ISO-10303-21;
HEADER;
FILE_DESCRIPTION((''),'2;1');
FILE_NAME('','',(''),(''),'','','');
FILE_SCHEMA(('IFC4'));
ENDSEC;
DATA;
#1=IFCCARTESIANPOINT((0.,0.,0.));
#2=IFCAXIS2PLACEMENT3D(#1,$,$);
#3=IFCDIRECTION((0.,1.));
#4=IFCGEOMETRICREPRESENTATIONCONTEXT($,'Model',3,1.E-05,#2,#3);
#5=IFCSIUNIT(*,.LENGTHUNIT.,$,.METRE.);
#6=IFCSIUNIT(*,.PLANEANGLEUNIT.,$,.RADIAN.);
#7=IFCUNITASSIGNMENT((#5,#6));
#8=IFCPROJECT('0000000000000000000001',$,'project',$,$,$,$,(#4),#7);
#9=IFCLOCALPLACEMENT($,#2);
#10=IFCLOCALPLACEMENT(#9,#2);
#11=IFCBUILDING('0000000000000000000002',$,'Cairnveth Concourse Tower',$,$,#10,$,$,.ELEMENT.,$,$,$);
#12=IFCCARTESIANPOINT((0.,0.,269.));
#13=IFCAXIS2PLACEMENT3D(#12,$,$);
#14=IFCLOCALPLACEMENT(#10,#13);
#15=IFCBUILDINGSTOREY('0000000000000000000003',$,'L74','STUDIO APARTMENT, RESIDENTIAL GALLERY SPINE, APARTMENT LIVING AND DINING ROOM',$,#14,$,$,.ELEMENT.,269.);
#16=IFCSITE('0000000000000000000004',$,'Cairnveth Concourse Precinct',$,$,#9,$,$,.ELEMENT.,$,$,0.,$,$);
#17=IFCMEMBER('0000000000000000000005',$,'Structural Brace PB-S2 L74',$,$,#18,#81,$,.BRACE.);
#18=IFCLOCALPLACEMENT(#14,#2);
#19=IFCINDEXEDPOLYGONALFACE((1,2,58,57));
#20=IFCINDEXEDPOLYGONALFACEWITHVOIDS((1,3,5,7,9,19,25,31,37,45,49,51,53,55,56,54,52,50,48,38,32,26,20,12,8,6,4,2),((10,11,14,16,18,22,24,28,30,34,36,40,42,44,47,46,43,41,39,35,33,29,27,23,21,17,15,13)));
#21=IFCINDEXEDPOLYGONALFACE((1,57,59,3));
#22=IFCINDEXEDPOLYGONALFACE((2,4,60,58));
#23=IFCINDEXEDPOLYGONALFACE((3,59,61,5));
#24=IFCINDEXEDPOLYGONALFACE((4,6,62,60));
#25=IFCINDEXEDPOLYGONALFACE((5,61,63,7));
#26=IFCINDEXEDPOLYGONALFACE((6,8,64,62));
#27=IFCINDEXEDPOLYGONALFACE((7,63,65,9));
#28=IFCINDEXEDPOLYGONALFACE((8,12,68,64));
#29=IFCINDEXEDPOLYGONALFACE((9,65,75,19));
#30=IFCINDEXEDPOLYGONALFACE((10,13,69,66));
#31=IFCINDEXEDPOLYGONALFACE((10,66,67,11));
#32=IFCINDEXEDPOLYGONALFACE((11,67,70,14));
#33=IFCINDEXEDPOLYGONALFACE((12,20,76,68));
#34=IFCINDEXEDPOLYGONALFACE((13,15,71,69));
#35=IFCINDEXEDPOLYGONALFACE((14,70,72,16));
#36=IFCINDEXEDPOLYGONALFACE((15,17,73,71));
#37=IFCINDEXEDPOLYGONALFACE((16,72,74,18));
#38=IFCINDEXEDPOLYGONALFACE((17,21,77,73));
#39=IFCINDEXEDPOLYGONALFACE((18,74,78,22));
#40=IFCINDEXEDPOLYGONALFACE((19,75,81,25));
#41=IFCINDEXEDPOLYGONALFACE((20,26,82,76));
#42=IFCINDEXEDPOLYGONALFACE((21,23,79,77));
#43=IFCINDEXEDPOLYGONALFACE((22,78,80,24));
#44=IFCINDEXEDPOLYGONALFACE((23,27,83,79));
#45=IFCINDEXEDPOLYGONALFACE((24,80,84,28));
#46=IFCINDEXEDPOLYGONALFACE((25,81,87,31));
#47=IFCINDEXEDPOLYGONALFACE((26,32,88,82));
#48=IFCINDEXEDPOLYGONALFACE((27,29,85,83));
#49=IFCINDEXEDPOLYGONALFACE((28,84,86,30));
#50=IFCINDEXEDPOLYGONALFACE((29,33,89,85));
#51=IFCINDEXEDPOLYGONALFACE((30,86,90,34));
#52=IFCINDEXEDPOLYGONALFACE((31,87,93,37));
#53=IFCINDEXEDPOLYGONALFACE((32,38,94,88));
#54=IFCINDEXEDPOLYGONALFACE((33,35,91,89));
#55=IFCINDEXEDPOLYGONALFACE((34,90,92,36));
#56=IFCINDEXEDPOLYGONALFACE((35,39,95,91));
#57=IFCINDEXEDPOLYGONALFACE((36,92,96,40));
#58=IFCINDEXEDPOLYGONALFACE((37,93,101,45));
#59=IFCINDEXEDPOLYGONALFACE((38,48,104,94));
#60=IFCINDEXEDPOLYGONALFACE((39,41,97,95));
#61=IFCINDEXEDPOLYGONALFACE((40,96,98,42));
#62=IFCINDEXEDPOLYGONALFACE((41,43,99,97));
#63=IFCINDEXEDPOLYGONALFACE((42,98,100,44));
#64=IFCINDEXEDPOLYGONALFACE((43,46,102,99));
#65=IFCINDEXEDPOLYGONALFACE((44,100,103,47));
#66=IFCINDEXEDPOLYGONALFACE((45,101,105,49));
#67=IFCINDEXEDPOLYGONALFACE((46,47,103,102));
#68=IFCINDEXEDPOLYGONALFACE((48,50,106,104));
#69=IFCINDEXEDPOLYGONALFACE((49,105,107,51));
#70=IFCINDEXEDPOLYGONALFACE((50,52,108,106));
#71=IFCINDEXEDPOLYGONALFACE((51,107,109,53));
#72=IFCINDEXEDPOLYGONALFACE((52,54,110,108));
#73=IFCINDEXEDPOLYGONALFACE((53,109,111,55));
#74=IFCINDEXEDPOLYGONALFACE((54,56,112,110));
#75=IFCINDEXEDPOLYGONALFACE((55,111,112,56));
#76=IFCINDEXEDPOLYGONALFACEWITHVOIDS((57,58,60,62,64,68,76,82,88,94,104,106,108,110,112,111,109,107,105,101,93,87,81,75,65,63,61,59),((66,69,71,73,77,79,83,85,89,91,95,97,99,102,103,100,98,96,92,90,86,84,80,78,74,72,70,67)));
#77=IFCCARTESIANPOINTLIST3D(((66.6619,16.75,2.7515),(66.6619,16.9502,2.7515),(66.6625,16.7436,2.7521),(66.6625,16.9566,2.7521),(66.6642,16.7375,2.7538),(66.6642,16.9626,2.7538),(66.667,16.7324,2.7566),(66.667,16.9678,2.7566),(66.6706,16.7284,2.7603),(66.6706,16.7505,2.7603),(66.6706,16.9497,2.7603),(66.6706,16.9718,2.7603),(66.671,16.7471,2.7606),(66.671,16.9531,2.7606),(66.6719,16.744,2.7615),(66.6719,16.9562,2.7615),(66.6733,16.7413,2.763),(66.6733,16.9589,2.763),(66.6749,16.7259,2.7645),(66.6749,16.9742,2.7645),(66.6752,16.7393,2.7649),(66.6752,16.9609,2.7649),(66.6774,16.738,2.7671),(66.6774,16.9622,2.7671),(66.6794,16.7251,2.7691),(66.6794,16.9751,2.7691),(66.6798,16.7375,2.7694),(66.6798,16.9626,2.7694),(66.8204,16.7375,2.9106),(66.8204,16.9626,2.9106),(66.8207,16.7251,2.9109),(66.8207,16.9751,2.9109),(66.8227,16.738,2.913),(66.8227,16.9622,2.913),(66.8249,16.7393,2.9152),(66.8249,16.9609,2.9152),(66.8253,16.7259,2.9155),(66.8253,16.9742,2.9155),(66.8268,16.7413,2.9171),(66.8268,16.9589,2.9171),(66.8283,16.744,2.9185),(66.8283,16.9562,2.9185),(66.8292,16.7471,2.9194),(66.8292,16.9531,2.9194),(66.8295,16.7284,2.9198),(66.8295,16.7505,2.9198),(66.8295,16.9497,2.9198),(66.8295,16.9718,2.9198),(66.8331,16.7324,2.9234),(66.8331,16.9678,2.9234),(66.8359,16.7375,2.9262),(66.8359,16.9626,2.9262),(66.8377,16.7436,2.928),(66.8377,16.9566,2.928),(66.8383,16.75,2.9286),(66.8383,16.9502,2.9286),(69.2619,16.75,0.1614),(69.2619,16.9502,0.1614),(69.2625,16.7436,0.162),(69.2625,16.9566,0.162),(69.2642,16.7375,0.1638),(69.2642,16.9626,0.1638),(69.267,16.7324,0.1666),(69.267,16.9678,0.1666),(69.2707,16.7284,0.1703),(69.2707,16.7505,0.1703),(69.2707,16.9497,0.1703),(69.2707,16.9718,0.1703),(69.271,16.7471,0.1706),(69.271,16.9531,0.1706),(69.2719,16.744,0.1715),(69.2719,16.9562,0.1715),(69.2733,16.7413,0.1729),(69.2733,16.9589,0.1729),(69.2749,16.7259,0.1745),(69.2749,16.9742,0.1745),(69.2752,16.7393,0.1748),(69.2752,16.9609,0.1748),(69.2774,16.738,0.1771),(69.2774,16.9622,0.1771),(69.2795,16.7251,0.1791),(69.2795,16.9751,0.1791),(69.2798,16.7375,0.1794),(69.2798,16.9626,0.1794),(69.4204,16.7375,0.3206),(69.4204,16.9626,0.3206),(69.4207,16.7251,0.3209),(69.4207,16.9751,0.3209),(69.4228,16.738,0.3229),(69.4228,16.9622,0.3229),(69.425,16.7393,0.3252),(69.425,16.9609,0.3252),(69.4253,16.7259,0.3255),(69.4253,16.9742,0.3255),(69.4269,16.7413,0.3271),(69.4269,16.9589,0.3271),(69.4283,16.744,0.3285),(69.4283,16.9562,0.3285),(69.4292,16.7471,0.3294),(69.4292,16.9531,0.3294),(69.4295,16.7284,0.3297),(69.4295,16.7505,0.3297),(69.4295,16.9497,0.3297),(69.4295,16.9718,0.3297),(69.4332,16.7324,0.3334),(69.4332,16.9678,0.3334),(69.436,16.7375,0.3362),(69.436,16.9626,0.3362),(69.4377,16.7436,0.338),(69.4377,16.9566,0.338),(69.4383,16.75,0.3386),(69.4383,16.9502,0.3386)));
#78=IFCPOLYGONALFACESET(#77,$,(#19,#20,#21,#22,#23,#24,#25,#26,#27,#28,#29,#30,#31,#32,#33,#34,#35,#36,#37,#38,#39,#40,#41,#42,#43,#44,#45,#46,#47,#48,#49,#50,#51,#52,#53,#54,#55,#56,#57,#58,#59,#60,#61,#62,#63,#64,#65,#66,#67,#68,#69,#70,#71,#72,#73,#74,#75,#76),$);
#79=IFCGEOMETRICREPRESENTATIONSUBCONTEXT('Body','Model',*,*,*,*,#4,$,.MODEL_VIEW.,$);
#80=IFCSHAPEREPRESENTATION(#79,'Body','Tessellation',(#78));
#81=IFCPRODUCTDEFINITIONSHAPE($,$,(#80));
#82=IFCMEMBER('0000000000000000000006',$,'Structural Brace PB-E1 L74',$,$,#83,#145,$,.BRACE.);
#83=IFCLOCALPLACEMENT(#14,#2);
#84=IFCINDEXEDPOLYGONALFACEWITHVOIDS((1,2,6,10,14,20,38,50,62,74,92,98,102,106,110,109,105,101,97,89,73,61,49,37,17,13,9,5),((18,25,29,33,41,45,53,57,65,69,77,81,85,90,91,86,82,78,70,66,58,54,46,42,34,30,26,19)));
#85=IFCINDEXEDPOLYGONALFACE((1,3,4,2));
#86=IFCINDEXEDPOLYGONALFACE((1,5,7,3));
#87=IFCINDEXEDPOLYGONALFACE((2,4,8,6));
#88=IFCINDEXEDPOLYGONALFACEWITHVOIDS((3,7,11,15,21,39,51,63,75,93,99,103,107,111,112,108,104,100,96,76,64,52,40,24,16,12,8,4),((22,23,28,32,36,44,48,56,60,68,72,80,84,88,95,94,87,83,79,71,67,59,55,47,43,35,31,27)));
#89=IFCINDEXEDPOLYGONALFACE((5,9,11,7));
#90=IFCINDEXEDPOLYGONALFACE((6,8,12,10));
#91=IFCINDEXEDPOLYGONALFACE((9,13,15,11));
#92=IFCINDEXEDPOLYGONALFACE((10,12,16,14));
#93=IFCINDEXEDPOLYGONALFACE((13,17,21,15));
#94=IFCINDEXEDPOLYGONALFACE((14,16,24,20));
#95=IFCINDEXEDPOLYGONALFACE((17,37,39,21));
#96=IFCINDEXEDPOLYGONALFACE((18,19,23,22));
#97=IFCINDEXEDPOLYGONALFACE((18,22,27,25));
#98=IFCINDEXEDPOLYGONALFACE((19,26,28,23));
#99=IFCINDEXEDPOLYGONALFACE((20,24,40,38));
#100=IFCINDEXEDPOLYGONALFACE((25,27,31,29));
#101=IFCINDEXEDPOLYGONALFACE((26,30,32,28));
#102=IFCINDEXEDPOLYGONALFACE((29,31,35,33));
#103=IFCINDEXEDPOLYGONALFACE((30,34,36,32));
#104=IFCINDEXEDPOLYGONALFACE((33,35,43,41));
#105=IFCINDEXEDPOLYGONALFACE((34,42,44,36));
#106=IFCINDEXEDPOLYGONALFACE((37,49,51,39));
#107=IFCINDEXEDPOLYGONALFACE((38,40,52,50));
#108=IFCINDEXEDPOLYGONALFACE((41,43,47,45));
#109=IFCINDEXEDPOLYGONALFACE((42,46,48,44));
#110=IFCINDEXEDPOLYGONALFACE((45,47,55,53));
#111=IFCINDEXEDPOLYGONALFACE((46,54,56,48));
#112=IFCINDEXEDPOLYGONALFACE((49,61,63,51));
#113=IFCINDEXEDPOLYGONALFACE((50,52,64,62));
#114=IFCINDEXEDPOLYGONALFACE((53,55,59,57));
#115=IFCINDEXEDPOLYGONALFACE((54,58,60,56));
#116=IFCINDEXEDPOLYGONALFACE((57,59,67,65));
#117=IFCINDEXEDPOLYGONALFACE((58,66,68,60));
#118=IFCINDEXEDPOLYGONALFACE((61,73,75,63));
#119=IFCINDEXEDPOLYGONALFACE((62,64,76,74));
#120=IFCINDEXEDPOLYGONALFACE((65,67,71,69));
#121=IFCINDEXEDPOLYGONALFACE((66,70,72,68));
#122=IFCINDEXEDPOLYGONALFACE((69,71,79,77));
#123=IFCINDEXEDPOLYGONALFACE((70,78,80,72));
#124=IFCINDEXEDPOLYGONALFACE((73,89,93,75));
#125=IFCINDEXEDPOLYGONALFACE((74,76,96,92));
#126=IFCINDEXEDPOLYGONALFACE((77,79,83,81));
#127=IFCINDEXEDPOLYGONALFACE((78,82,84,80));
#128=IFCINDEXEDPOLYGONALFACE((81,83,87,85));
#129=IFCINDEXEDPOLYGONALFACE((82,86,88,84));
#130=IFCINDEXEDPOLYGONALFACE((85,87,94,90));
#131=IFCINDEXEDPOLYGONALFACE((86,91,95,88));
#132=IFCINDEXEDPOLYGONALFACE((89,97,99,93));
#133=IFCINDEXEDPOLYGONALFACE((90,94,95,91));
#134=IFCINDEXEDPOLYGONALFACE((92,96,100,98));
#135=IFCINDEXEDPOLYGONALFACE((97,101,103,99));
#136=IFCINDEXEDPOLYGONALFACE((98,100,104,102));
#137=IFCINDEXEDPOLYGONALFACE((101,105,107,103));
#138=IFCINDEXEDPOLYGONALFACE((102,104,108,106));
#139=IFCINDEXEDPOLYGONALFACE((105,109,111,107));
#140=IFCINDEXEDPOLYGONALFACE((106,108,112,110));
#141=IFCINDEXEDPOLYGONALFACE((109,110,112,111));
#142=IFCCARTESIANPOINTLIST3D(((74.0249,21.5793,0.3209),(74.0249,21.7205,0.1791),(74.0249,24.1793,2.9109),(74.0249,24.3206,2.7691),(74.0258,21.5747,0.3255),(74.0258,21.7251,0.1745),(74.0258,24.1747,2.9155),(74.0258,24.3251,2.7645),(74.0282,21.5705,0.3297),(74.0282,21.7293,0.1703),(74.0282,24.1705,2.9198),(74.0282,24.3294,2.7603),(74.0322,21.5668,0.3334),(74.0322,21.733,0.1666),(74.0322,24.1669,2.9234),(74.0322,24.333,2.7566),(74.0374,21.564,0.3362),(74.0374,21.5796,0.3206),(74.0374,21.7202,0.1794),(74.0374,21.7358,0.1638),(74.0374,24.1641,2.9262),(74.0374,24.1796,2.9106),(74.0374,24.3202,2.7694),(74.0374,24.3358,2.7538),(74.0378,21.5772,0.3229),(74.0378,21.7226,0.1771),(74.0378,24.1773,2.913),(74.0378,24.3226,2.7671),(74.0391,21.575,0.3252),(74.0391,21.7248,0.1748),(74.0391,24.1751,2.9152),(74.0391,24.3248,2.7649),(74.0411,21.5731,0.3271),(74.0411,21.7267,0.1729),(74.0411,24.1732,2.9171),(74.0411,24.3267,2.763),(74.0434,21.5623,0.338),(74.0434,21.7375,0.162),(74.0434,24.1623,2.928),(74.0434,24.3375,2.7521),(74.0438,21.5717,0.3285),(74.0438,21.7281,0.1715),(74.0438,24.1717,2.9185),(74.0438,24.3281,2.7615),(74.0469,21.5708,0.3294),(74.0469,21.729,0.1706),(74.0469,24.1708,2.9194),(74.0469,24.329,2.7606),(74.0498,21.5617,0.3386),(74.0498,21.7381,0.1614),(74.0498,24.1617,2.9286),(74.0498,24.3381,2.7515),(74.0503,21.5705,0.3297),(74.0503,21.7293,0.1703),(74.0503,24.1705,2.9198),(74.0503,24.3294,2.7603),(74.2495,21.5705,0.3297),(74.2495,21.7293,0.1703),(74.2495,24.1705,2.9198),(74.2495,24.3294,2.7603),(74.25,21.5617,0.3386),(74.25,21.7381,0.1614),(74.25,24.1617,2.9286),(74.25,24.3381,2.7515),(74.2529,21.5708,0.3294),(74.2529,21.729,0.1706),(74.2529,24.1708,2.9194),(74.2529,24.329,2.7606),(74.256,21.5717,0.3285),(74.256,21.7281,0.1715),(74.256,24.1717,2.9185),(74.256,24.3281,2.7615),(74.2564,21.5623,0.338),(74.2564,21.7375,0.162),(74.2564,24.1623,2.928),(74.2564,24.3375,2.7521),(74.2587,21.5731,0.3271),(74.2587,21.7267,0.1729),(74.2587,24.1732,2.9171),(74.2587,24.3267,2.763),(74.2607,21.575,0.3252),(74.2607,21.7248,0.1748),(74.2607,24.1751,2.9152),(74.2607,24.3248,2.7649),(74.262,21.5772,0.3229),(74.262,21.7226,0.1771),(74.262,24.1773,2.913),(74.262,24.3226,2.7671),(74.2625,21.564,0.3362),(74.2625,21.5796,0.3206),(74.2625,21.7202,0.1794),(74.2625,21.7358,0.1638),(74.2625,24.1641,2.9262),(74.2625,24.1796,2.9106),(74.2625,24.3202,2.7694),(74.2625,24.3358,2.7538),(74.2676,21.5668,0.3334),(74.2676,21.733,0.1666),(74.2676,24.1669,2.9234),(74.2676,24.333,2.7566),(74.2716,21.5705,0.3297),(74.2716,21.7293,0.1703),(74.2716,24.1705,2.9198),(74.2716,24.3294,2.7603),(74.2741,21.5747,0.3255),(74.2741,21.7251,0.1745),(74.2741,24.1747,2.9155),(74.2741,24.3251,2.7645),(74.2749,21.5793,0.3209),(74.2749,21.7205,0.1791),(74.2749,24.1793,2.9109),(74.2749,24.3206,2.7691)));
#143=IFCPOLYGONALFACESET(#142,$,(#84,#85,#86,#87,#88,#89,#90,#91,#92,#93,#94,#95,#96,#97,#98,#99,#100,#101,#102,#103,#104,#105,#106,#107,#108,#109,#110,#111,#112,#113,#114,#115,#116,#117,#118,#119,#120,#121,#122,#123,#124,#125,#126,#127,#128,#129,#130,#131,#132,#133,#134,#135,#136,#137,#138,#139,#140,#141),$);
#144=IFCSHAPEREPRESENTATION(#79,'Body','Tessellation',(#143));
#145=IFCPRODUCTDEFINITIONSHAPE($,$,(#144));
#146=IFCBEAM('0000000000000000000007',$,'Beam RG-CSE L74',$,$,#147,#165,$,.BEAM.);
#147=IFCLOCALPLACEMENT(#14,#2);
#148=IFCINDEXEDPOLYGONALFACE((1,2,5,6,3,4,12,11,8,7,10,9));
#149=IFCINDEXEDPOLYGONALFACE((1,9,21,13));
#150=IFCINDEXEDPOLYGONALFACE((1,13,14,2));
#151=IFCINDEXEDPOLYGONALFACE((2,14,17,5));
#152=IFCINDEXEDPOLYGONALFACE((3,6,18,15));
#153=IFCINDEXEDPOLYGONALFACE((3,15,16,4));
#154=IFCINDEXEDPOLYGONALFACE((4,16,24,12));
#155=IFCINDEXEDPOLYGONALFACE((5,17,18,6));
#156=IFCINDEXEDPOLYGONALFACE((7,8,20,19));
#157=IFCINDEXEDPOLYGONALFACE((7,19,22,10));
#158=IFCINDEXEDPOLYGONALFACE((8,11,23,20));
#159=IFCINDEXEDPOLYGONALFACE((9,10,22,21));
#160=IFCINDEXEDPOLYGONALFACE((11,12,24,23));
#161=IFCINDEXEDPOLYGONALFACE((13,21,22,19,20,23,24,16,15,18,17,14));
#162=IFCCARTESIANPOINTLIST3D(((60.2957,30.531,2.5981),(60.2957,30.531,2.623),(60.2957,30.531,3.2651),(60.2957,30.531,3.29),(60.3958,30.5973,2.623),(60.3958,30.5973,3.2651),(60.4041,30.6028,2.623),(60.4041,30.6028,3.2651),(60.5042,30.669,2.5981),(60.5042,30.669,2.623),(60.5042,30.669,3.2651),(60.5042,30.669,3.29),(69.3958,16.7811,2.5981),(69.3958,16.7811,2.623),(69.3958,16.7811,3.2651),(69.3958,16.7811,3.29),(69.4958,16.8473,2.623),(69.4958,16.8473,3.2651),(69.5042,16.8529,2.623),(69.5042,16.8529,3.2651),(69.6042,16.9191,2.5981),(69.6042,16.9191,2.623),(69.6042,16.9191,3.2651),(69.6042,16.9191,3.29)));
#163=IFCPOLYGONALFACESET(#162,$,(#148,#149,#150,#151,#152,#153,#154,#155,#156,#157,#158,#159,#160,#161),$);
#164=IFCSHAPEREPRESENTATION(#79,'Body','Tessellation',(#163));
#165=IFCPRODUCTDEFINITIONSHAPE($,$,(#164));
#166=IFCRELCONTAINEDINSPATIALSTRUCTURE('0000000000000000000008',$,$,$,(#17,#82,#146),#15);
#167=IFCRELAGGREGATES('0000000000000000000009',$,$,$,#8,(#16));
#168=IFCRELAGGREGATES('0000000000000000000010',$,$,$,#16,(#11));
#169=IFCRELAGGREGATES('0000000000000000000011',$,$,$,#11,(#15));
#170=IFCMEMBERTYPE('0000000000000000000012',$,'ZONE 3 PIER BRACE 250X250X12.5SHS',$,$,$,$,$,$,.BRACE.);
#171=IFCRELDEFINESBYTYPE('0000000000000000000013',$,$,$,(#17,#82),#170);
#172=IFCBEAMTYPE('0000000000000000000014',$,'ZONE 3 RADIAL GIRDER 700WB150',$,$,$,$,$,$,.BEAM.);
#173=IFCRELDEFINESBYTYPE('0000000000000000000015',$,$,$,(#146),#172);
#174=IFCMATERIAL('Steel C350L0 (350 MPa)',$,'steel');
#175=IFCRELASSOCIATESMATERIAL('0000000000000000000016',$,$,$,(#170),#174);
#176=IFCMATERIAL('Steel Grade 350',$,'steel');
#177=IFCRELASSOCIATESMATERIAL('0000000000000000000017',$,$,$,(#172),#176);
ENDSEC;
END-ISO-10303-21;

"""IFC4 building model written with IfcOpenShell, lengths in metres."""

from ifc_helpers import new_model, si_unit, direction, frame, origin, origin_2d, place, context, subcontext, project, spatial, hollow_rectangle, i_section, extrude, material, material_profile, profile_set, type_object, element, save


model = new_model("IFC4")

# Units and contexts
model_context = context("Model", 3, precision=1e-05, world=origin(), true_north=direction((0.0, 1.0)))
body_context = subcontext(model_context, "Body", "Model", "MODEL_VIEW")
ifc_project = project(units=[si_unit("LENGTHUNIT", "METRE"), si_unit("PLANEANGLEUNIT", "RADIAN")], contexts=[model_context])

# Site, building, storey
site_placement = place(None, origin())
site = spatial("IfcSite", under=ifc_project, at=site_placement, Name="Cairnveth Concourse Precinct", CompositionType="ELEMENT", RefElevation=0.0)
building_placement = place(site_placement, origin())
building = spatial("IfcBuilding", under=site, at=building_placement, Name="Cairnveth Concourse Tower", CompositionType="ELEMENT")
storey_placement = place(building_placement, frame((0.0, 0.0, 269.0)))
storey = spatial("IfcBuildingStorey", under=building, at=storey_placement, Name="L74", Description="STUDIO APARTMENT, RESIDENTIAL GALLERY SPINE, APARTMENT LIVING AND DINING ROOM", CompositionType="ELEMENT", Elevation=269.0)

# Shared definitions
ifc_material_1 = material(Name="Steel Grade 350", Category="steel")

# Members
ifc_material_2 = material(Name="Steel C350L0 (350 MPa)", Category="steel")
ifc_material_profile_1 = material_profile(ifc_material_2, hollow_rectangle(XDim=0.25, YDim=0.25, WallThickness=0.0125, InnerFilletRadius=0.0129, OuterFilletRadius=0.0249, at=origin_2d()), Name="250x250x12.5SHS")
ifc_profile_set_1 = profile_set([ifc_material_profile_1], Name="Steel C350L0 (350 MPa)")
member_type = type_object("IfcMemberType", Name="ZONE 3 PIER BRACE 250X250X12.5SHS", PredefinedType="BRACE", material=ifc_profile_set_1)
for number, where, z_axis, x_axis, name in (
    (1, (69.3501, 16.8501, 0.25), (-0.708469, 0.0, 0.705742), (0.0, -1.0, 0.0), "Structural Brace PB-S2 L74"),
    (2, (74.1499, 21.6499, 0.25), (0.0, 0.708469, 0.705742), (-1.0, 0.0, 0.0), "Structural Brace PB-E1 L74"),
):
    element("IfcMember", number, at=place(storey_placement, frame(where, z_axis=z_axis, x_axis=x_axis)), inside=storey, type_object=member_type, Name=name, PredefinedType="BRACE", context=body_context, shape_type="SweptSolid", body=[
        extrude(hollow_rectangle(XDim=0.25, YDim=0.25, WallThickness=0.0125, InnerFilletRadius=0.0129, OuterFilletRadius=0.0249, at=origin_2d()), origin(), (0.0, 0.0, 1.0), 3.6699),
    ])

# Beam
ifc_material_profile_2 = material_profile(ifc_material_1, i_section(OverallWidth=0.25, OverallDepth=0.6919, WebThickness=0.01, FlangeThickness=0.0249, at=origin_2d()), Name="700WB150")
ifc_profile_set_2 = profile_set([ifc_material_profile_2], Name="Steel Grade 350")
beam_type_1 = type_object("IfcBeamType", Name="ZONE 3 RADIAL GIRDER 700WB150", PredefinedType="BEAM", material=ifc_profile_set_2)
beam_1_placement = place(storey_placement, frame((69.5, 16.8501, 2.9441), z_axis=(-0.551902, 0.833909, 0.0), x_axis=(-0.833909, -0.551902, 0.0)))
element("IfcBeam", 3, at=beam_1_placement, inside=storey, type_object=beam_type_1, Name="Beam RG-CSE L74", PredefinedType="BEAM", context=body_context, shape_type="SweptSolid", body=[
    extrude(i_section(OverallWidth=0.25, OverallDepth=0.6919, WebThickness=0.01, FlangeThickness=0.0249, at=origin_2d()), origin(), (0.0, 0.0, 1.0), 16.4885),
])

save(model, "model.ifc")
